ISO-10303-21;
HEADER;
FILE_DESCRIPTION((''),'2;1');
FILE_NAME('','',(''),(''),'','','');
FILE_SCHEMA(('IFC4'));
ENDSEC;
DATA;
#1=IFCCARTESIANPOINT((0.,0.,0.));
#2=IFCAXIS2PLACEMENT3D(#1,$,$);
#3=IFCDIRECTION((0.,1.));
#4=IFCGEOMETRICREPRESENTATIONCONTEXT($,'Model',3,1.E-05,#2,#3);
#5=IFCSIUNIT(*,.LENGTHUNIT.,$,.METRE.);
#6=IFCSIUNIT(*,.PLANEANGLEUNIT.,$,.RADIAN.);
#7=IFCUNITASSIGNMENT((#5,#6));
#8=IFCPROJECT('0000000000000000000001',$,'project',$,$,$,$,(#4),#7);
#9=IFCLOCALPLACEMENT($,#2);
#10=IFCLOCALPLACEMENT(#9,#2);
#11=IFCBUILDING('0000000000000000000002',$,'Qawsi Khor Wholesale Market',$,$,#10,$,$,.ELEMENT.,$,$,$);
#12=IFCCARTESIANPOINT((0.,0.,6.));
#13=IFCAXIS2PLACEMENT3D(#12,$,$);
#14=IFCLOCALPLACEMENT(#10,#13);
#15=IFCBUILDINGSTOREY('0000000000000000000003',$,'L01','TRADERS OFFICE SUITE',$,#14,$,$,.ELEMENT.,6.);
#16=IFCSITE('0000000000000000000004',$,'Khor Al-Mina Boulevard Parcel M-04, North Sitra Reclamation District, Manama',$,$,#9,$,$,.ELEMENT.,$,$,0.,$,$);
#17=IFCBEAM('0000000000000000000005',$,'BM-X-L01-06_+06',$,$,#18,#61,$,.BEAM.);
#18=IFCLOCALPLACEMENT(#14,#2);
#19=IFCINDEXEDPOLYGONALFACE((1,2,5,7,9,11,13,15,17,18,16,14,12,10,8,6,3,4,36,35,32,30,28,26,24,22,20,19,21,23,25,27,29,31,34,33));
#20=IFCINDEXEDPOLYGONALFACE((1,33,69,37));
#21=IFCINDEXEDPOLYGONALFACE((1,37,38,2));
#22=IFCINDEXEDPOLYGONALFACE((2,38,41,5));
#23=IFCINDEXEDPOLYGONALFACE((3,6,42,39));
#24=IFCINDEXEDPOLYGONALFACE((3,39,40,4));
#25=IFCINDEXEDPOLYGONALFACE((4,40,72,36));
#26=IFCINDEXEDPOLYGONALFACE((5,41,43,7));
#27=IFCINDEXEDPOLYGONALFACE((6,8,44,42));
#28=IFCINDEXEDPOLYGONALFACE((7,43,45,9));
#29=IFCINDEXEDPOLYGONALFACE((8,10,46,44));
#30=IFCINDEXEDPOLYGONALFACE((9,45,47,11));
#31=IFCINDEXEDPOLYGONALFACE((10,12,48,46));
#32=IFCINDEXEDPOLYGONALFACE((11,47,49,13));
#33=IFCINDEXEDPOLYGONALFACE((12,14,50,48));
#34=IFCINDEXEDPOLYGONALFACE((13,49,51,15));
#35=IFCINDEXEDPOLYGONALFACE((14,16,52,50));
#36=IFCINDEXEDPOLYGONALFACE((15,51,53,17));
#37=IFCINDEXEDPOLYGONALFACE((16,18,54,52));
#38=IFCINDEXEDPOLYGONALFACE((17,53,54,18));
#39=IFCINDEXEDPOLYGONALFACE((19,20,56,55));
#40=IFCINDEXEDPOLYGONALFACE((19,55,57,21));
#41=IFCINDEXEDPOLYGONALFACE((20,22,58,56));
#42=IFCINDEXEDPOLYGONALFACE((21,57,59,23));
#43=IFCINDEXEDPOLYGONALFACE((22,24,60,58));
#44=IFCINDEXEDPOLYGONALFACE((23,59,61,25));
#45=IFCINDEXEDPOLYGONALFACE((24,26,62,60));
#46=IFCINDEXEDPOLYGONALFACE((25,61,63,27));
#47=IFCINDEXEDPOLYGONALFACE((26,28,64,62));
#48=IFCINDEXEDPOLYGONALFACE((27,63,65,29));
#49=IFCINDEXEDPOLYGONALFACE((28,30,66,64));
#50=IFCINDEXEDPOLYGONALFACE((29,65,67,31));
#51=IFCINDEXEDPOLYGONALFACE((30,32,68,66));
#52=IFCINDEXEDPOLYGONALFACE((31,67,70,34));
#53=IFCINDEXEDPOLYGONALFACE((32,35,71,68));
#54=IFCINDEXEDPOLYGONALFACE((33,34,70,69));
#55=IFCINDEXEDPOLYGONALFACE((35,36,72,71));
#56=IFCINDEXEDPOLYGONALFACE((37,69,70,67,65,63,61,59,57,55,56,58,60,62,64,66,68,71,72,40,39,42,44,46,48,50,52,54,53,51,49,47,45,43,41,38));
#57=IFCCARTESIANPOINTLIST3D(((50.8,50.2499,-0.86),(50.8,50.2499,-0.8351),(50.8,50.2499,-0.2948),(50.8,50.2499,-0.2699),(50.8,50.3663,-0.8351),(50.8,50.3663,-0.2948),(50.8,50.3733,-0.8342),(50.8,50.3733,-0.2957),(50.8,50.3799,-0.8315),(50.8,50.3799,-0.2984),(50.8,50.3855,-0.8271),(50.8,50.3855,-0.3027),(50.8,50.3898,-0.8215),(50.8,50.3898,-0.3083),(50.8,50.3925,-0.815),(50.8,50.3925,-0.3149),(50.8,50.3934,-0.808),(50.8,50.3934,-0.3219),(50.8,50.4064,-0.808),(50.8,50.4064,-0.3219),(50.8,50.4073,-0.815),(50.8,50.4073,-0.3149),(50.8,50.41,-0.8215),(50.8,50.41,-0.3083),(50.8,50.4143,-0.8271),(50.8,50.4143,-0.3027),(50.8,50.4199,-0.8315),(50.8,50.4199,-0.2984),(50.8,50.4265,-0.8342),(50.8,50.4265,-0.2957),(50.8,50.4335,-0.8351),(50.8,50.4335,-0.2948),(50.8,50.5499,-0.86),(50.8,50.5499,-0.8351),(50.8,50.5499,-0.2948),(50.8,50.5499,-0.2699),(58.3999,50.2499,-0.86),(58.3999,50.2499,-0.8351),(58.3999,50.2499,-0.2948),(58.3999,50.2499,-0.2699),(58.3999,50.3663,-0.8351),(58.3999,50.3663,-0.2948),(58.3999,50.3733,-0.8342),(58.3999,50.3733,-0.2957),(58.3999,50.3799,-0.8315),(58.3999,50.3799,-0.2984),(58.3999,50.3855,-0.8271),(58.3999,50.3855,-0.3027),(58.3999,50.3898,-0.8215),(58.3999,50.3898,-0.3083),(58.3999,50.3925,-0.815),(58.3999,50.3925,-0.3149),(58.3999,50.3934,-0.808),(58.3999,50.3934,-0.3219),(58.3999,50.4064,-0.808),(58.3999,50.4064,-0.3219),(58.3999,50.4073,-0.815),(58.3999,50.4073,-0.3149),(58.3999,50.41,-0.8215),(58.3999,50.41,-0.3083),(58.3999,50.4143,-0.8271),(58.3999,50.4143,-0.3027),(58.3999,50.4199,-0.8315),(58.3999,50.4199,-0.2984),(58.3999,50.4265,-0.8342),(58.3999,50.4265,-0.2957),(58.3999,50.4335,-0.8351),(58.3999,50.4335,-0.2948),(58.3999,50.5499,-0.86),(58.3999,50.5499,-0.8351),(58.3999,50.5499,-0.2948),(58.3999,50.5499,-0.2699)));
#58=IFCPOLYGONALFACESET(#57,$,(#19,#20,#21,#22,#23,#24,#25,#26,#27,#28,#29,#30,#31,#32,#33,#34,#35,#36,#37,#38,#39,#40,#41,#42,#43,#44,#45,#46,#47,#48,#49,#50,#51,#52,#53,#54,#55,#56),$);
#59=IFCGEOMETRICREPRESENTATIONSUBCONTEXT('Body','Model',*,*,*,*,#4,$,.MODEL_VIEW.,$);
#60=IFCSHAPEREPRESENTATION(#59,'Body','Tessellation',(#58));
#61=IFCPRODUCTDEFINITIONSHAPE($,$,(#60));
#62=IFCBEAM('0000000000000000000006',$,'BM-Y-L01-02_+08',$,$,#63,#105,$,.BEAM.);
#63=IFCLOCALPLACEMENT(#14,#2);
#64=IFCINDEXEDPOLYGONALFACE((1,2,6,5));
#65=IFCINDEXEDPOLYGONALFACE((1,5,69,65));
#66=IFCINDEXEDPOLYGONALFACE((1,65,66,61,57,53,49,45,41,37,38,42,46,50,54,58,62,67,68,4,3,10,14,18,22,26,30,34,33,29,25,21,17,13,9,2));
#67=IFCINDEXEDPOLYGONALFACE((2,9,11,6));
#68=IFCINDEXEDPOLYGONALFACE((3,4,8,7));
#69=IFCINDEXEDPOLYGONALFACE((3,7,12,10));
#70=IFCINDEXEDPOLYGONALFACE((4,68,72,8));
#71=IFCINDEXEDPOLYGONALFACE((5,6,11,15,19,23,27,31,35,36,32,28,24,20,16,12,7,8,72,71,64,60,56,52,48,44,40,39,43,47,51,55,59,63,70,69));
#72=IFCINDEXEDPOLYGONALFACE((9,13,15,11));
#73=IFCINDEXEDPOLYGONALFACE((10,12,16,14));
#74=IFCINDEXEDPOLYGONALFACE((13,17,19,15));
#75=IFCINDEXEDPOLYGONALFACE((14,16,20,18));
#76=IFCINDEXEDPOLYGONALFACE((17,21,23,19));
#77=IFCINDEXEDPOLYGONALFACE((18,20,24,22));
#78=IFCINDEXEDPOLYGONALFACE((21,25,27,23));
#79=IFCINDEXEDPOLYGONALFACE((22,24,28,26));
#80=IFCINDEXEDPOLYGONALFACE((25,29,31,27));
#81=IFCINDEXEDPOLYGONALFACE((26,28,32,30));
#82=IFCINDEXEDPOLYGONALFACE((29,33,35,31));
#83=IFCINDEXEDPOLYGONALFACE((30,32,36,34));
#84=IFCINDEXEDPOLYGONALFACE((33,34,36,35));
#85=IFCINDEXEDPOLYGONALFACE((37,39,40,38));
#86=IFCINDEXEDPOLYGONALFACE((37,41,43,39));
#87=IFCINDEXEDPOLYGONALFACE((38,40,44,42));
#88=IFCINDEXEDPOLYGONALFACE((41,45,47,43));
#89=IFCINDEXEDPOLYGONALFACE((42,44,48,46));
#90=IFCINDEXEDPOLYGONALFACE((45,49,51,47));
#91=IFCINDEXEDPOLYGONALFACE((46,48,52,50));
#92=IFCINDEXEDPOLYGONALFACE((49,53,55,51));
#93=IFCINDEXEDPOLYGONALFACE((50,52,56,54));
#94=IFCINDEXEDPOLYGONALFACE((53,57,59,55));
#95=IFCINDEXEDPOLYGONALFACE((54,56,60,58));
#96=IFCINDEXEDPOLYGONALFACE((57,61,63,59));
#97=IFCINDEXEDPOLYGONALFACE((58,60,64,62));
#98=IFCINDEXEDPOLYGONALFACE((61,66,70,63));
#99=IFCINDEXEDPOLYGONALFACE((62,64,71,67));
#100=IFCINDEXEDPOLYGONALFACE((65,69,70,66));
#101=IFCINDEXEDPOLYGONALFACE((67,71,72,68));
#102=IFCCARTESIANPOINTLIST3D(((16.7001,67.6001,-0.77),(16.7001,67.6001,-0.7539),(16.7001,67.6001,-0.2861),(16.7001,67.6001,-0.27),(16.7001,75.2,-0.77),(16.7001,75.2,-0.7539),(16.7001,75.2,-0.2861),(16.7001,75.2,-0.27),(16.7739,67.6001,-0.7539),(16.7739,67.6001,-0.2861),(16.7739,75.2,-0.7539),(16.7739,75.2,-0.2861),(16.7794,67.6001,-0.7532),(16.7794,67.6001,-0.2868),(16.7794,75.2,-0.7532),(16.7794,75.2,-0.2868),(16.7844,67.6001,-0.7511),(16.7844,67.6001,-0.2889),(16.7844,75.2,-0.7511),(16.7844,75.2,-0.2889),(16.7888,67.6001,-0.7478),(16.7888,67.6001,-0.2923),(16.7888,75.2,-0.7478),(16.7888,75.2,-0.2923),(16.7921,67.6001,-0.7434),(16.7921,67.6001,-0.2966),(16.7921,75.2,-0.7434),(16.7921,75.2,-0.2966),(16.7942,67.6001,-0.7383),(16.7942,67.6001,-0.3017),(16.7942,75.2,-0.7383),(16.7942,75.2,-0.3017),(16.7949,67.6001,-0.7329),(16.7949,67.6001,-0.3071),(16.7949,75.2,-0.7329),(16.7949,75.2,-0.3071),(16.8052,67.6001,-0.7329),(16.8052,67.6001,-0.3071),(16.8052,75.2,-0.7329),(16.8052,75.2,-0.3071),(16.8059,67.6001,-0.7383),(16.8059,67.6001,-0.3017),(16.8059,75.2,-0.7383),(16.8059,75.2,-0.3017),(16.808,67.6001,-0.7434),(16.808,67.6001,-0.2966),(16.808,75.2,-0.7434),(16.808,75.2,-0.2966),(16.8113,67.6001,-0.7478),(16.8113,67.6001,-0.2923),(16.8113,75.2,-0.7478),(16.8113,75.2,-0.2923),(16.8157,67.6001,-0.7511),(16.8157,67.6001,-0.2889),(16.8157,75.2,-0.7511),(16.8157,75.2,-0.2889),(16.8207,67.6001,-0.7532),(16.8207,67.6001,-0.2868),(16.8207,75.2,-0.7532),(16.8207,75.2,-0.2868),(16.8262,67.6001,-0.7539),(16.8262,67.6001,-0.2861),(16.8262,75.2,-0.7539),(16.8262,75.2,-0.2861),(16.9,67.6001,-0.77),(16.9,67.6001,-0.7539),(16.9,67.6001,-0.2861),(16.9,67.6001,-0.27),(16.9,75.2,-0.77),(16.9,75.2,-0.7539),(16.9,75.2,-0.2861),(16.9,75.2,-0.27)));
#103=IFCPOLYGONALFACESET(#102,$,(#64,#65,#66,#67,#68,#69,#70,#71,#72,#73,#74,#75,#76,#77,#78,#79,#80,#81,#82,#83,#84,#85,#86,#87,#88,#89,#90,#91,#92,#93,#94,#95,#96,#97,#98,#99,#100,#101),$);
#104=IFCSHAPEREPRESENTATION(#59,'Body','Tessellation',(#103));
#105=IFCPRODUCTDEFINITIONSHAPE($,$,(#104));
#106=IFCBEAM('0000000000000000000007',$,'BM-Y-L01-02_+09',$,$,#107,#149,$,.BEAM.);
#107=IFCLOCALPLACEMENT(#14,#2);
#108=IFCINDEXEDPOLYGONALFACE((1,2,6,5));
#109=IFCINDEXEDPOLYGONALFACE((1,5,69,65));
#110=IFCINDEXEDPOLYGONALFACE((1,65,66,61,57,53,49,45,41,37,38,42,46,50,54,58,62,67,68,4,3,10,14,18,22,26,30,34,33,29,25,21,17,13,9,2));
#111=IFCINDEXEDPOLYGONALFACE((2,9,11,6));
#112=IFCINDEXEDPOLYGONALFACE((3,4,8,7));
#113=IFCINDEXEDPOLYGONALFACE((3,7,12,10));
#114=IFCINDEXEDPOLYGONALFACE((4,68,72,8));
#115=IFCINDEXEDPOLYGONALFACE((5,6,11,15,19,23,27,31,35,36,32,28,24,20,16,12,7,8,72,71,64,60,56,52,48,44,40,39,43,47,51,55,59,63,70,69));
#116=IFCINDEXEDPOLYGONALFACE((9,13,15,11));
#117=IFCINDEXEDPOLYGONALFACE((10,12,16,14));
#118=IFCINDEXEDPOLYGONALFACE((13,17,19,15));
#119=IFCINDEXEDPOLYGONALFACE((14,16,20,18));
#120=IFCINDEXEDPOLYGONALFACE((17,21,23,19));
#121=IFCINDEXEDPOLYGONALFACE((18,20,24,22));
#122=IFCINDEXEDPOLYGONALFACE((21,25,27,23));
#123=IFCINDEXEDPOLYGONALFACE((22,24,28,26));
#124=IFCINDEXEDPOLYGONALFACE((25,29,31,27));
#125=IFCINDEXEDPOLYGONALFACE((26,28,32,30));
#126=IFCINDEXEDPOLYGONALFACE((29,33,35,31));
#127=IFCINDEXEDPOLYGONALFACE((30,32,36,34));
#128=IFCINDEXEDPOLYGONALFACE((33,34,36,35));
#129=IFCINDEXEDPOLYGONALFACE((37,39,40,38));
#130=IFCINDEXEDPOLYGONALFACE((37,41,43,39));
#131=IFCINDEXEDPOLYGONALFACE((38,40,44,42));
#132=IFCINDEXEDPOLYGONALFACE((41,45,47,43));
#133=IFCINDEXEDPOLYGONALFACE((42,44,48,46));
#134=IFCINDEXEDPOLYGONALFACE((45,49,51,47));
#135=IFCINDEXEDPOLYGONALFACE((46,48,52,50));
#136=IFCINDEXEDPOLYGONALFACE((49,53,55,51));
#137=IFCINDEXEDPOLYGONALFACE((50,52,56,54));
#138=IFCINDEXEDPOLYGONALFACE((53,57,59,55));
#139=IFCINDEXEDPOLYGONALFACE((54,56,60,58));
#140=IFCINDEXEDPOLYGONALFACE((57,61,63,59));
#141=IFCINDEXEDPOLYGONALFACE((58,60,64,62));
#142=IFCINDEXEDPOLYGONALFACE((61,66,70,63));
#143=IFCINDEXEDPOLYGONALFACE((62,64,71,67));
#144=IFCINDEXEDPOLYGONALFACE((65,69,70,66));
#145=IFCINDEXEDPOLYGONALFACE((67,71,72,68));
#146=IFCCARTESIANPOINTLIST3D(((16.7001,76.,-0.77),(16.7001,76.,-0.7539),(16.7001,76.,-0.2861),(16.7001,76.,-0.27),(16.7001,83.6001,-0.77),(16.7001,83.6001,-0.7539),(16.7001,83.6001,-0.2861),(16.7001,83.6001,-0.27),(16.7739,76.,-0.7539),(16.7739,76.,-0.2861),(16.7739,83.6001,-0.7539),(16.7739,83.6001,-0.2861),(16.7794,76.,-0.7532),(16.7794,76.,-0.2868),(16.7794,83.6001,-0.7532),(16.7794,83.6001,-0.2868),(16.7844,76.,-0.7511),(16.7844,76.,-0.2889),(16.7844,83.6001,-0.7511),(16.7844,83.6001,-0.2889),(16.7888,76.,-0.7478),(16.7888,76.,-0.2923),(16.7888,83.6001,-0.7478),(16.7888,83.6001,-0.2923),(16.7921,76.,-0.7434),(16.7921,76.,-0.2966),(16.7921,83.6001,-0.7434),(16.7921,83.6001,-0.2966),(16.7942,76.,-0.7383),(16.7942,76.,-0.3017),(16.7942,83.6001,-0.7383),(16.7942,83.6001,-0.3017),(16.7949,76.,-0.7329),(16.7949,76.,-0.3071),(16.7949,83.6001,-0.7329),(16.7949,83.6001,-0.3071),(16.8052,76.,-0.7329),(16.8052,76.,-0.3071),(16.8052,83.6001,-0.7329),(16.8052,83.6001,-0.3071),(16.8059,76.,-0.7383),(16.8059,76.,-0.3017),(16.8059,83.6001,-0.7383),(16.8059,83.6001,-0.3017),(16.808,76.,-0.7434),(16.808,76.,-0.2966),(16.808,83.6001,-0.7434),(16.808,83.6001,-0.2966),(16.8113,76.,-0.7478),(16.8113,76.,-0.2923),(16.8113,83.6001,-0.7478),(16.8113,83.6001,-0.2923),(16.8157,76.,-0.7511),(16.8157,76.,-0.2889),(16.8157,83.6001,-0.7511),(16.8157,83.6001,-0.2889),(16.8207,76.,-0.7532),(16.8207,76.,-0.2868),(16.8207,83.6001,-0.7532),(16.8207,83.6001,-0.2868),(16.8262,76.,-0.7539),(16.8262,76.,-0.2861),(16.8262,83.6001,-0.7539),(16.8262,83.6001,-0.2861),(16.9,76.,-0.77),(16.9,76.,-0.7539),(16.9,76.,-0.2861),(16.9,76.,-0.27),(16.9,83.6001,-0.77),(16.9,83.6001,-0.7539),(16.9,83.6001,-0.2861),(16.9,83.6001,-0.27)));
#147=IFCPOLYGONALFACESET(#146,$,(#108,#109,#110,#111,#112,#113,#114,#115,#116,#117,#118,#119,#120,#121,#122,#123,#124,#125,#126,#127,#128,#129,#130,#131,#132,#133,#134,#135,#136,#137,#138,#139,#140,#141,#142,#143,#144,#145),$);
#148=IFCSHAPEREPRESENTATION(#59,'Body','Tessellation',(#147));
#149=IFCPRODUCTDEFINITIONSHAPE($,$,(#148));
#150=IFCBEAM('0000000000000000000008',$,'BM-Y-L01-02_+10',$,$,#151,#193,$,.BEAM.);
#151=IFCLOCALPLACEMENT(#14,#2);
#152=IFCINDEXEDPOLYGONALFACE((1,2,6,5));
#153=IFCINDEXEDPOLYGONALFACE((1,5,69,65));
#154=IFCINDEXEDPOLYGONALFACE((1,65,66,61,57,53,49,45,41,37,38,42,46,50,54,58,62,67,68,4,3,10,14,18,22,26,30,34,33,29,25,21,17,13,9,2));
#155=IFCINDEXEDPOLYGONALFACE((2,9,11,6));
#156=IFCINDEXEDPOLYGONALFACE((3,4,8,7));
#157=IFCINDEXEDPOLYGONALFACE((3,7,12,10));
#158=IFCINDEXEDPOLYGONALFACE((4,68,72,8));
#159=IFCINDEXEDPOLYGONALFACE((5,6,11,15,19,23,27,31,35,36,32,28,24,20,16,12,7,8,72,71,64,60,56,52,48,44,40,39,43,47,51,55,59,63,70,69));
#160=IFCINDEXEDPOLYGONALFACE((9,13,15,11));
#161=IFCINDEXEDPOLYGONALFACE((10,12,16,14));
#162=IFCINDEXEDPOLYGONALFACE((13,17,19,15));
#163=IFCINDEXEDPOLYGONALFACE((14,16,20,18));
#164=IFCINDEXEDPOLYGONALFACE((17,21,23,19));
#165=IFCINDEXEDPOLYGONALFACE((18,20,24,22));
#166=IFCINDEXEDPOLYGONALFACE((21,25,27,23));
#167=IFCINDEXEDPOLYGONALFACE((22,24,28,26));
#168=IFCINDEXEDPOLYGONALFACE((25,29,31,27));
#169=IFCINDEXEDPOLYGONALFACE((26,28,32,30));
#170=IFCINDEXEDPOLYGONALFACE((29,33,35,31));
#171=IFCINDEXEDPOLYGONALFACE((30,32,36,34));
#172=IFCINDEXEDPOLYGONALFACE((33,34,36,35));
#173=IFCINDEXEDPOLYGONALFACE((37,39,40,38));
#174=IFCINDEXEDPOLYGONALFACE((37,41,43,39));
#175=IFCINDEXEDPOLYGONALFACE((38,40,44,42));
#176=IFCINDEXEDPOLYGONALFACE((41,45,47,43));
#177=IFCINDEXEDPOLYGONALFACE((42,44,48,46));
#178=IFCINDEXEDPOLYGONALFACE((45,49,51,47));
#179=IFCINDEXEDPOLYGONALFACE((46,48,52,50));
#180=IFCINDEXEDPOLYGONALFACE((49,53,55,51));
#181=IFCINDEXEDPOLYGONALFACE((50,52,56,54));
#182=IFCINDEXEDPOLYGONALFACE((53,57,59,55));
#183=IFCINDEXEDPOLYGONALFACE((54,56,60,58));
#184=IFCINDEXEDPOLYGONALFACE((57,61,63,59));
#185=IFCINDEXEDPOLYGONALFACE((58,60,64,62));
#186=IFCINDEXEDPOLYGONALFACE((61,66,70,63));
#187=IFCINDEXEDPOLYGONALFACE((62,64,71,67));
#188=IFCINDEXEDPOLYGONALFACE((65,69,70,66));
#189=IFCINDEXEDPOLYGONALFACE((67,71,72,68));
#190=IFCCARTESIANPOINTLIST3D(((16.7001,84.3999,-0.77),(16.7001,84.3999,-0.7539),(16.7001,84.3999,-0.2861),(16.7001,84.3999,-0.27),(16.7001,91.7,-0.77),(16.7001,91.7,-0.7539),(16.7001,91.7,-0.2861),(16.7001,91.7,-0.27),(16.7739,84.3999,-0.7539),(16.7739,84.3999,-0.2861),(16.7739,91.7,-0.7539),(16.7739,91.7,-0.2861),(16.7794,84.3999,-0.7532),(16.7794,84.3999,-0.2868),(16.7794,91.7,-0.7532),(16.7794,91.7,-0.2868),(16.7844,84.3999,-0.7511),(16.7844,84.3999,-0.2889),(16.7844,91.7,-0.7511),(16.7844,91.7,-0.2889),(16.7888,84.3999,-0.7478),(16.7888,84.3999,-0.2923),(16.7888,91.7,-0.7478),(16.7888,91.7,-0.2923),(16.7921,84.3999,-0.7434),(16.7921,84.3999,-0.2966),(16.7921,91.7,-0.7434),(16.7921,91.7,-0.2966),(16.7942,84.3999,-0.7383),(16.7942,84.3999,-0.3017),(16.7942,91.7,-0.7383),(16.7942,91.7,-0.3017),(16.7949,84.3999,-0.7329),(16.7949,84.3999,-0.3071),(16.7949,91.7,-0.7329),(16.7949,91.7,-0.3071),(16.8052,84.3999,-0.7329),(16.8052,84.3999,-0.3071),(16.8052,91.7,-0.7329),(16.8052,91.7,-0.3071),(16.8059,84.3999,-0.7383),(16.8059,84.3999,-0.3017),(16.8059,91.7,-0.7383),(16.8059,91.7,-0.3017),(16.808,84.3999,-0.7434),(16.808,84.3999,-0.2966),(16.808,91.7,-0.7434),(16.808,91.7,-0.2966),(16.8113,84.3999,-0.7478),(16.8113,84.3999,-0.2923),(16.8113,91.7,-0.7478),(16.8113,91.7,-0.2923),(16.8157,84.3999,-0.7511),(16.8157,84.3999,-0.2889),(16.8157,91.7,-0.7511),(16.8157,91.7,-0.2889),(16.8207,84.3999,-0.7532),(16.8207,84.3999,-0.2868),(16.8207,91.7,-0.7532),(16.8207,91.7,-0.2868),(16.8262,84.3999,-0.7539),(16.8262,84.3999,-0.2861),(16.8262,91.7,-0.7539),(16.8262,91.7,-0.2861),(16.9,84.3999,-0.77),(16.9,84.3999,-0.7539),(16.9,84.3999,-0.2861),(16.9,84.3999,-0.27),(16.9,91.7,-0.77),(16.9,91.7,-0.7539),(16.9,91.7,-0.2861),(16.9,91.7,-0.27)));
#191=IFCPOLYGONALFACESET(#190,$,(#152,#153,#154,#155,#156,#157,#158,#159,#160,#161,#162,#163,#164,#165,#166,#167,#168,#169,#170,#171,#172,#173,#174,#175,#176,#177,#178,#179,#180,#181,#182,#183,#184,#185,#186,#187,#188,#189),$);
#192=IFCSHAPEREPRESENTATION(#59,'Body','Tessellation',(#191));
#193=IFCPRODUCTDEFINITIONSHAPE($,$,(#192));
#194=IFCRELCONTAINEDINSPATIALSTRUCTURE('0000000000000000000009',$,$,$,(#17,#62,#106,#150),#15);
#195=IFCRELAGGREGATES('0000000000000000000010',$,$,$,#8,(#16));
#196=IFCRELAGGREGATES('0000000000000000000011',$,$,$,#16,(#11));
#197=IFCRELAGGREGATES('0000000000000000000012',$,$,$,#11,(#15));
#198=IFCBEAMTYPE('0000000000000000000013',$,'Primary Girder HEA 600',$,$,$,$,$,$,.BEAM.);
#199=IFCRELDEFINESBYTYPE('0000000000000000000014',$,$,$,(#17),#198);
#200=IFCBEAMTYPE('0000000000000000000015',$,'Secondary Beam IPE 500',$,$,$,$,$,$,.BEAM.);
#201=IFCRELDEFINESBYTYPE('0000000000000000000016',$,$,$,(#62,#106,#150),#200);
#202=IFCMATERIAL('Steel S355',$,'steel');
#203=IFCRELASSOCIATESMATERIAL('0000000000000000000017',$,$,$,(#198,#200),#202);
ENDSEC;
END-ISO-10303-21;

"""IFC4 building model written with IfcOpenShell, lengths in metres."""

from ifc_helpers import new_model, si_unit, direction, frame, origin, origin_2d, place, context, subcontext, project, spatial, i_section, extrude, material, material_profile, profile_set, type_object, element, save


model = new_model("IFC4")

# Units and contexts
model_context = context("Model", 3, precision=1e-05, world=origin(), true_north=direction((0.0, 1.0)))
body_context = subcontext(model_context, "Body", "Model", "MODEL_VIEW")
ifc_project = project(units=[si_unit("LENGTHUNIT", "METRE"), si_unit("PLANEANGLEUNIT", "RADIAN")], contexts=[model_context])

# Site, building, storey
site_placement = place(None, origin())
site = spatial("IfcSite", under=ifc_project, at=site_placement, Name="Khor Al-Mina Boulevard Parcel M-04, North Sitra Reclamation District, Manama", CompositionType="ELEMENT", RefElevation=0.0)
building_placement = place(site_placement, origin())
building = spatial("IfcBuilding", under=site, at=building_placement, Name="Qawsi Khor Wholesale Market", CompositionType="ELEMENT")
storey_placement = place(building_placement, frame((0.0, 0.0, 6.0)))
storey = spatial("IfcBuildingStorey", under=building, at=storey_placement, Name="L01", Description="TRADERS OFFICE SUITE", CompositionType="ELEMENT", Elevation=6.0)

# Beams
ifc_material_1 = material(Name="Steel S355", Category="steel")
ifc_material_profile_1 = material_profile(ifc_material_1, i_section(OverallWidth=0.3, OverallDepth=0.5901, WebThickness=0.0129, FlangeThickness=0.0249, FilletRadius=0.0271, at=origin_2d()), Name="HEA 600")
ifc_profile_set_1 = profile_set([ifc_material_profile_1], Name="Steel S355")
beam_type_1 = type_object("IfcBeamType", Name="Primary Girder HEA 600", PredefinedType="BEAM", material=ifc_profile_set_1)
beam_1_placement = place(storey_placement, frame((50.8, 50.3999, -0.5649), z_axis=(1.0, 0.0, 0.0), x_axis=(0.0, 1.0, 0.0)))
element("IfcBeam", 1, at=beam_1_placement, inside=storey, type_object=beam_type_1, Name="BM-X-L01-06_+06", PredefinedType="BEAM", context=body_context, shape_type="SweptSolid", body=[
    extrude(i_section(OverallWidth=0.3, OverallDepth=0.5901, WebThickness=0.0129, FlangeThickness=0.0249, FilletRadius=0.0271, at=origin_2d()), origin(), (0.0, 0.0, 1.0), 7.5999),
])
ifc_material_profile_2 = material_profile(ifc_material_1, i_section(OverallWidth=0.2, OverallDepth=0.5, WebThickness=0.0103, FlangeThickness=0.0161, FilletRadius=0.021, at=origin_2d()), Name="IPE 500")
ifc_profile_set_2 = profile_set([ifc_material_profile_2], Name="Steel S355")
beam_type_2 = type_object("IfcBeamType", Name="Secondary Beam IPE 500", PredefinedType="BEAM", material=ifc_profile_set_2)
beam_2_placement = place(storey_placement, frame((16.8, 67.6001, -0.52), z_axis=(0.0, 1.0, 0.0), x_axis=(-1.0, 0.0, 0.0)))
element("IfcBeam", 2, at=beam_2_placement, inside=storey, type_object=beam_type_2, Name="BM-Y-L01-02_+08", PredefinedType="BEAM", context=body_context, shape_type="SweptSolid", body=[
    extrude(i_section(OverallWidth=0.2, OverallDepth=0.5, WebThickness=0.0103, FlangeThickness=0.0161, FilletRadius=0.021, at=origin_2d()), origin(), (0.0, 0.0, 1.0), 7.5999),
])
beam_3_placement = place(storey_placement, frame((16.8, 76.0, -0.52), z_axis=(0.0, 1.0, 0.0), x_axis=(-1.0, 0.0, 0.0)))
element("IfcBeam", 3, at=beam_3_placement, inside=storey, type_object=beam_type_2, Name="BM-Y-L01-02_+09", PredefinedType="BEAM", context=body_context, shape_type="SweptSolid", body=[
    extrude(i_section(OverallWidth=0.2, OverallDepth=0.5, WebThickness=0.0103, FlangeThickness=0.0161, FilletRadius=0.021, at=origin_2d()), origin(), (0.0, 0.0, 1.0), 7.6001),
])
beam_4_placement = place(storey_placement, frame((16.8, 84.3999, -0.52), z_axis=(0.0, 1.0, 0.0), x_axis=(-1.0, 0.0, 0.0)))
element("IfcBeam", 4, at=beam_4_placement, inside=storey, type_object=beam_type_2, Name="BM-Y-L01-02_+10", PredefinedType="BEAM", context=body_context, shape_type="SweptSolid", body=[
    extrude(i_section(OverallWidth=0.2, OverallDepth=0.5, WebThickness=0.0103, FlangeThickness=0.0161, FilletRadius=0.021, at=origin_2d()), origin(), (0.0, 0.0, 1.0), 7.3),
])

save(model, "model.ifc")
